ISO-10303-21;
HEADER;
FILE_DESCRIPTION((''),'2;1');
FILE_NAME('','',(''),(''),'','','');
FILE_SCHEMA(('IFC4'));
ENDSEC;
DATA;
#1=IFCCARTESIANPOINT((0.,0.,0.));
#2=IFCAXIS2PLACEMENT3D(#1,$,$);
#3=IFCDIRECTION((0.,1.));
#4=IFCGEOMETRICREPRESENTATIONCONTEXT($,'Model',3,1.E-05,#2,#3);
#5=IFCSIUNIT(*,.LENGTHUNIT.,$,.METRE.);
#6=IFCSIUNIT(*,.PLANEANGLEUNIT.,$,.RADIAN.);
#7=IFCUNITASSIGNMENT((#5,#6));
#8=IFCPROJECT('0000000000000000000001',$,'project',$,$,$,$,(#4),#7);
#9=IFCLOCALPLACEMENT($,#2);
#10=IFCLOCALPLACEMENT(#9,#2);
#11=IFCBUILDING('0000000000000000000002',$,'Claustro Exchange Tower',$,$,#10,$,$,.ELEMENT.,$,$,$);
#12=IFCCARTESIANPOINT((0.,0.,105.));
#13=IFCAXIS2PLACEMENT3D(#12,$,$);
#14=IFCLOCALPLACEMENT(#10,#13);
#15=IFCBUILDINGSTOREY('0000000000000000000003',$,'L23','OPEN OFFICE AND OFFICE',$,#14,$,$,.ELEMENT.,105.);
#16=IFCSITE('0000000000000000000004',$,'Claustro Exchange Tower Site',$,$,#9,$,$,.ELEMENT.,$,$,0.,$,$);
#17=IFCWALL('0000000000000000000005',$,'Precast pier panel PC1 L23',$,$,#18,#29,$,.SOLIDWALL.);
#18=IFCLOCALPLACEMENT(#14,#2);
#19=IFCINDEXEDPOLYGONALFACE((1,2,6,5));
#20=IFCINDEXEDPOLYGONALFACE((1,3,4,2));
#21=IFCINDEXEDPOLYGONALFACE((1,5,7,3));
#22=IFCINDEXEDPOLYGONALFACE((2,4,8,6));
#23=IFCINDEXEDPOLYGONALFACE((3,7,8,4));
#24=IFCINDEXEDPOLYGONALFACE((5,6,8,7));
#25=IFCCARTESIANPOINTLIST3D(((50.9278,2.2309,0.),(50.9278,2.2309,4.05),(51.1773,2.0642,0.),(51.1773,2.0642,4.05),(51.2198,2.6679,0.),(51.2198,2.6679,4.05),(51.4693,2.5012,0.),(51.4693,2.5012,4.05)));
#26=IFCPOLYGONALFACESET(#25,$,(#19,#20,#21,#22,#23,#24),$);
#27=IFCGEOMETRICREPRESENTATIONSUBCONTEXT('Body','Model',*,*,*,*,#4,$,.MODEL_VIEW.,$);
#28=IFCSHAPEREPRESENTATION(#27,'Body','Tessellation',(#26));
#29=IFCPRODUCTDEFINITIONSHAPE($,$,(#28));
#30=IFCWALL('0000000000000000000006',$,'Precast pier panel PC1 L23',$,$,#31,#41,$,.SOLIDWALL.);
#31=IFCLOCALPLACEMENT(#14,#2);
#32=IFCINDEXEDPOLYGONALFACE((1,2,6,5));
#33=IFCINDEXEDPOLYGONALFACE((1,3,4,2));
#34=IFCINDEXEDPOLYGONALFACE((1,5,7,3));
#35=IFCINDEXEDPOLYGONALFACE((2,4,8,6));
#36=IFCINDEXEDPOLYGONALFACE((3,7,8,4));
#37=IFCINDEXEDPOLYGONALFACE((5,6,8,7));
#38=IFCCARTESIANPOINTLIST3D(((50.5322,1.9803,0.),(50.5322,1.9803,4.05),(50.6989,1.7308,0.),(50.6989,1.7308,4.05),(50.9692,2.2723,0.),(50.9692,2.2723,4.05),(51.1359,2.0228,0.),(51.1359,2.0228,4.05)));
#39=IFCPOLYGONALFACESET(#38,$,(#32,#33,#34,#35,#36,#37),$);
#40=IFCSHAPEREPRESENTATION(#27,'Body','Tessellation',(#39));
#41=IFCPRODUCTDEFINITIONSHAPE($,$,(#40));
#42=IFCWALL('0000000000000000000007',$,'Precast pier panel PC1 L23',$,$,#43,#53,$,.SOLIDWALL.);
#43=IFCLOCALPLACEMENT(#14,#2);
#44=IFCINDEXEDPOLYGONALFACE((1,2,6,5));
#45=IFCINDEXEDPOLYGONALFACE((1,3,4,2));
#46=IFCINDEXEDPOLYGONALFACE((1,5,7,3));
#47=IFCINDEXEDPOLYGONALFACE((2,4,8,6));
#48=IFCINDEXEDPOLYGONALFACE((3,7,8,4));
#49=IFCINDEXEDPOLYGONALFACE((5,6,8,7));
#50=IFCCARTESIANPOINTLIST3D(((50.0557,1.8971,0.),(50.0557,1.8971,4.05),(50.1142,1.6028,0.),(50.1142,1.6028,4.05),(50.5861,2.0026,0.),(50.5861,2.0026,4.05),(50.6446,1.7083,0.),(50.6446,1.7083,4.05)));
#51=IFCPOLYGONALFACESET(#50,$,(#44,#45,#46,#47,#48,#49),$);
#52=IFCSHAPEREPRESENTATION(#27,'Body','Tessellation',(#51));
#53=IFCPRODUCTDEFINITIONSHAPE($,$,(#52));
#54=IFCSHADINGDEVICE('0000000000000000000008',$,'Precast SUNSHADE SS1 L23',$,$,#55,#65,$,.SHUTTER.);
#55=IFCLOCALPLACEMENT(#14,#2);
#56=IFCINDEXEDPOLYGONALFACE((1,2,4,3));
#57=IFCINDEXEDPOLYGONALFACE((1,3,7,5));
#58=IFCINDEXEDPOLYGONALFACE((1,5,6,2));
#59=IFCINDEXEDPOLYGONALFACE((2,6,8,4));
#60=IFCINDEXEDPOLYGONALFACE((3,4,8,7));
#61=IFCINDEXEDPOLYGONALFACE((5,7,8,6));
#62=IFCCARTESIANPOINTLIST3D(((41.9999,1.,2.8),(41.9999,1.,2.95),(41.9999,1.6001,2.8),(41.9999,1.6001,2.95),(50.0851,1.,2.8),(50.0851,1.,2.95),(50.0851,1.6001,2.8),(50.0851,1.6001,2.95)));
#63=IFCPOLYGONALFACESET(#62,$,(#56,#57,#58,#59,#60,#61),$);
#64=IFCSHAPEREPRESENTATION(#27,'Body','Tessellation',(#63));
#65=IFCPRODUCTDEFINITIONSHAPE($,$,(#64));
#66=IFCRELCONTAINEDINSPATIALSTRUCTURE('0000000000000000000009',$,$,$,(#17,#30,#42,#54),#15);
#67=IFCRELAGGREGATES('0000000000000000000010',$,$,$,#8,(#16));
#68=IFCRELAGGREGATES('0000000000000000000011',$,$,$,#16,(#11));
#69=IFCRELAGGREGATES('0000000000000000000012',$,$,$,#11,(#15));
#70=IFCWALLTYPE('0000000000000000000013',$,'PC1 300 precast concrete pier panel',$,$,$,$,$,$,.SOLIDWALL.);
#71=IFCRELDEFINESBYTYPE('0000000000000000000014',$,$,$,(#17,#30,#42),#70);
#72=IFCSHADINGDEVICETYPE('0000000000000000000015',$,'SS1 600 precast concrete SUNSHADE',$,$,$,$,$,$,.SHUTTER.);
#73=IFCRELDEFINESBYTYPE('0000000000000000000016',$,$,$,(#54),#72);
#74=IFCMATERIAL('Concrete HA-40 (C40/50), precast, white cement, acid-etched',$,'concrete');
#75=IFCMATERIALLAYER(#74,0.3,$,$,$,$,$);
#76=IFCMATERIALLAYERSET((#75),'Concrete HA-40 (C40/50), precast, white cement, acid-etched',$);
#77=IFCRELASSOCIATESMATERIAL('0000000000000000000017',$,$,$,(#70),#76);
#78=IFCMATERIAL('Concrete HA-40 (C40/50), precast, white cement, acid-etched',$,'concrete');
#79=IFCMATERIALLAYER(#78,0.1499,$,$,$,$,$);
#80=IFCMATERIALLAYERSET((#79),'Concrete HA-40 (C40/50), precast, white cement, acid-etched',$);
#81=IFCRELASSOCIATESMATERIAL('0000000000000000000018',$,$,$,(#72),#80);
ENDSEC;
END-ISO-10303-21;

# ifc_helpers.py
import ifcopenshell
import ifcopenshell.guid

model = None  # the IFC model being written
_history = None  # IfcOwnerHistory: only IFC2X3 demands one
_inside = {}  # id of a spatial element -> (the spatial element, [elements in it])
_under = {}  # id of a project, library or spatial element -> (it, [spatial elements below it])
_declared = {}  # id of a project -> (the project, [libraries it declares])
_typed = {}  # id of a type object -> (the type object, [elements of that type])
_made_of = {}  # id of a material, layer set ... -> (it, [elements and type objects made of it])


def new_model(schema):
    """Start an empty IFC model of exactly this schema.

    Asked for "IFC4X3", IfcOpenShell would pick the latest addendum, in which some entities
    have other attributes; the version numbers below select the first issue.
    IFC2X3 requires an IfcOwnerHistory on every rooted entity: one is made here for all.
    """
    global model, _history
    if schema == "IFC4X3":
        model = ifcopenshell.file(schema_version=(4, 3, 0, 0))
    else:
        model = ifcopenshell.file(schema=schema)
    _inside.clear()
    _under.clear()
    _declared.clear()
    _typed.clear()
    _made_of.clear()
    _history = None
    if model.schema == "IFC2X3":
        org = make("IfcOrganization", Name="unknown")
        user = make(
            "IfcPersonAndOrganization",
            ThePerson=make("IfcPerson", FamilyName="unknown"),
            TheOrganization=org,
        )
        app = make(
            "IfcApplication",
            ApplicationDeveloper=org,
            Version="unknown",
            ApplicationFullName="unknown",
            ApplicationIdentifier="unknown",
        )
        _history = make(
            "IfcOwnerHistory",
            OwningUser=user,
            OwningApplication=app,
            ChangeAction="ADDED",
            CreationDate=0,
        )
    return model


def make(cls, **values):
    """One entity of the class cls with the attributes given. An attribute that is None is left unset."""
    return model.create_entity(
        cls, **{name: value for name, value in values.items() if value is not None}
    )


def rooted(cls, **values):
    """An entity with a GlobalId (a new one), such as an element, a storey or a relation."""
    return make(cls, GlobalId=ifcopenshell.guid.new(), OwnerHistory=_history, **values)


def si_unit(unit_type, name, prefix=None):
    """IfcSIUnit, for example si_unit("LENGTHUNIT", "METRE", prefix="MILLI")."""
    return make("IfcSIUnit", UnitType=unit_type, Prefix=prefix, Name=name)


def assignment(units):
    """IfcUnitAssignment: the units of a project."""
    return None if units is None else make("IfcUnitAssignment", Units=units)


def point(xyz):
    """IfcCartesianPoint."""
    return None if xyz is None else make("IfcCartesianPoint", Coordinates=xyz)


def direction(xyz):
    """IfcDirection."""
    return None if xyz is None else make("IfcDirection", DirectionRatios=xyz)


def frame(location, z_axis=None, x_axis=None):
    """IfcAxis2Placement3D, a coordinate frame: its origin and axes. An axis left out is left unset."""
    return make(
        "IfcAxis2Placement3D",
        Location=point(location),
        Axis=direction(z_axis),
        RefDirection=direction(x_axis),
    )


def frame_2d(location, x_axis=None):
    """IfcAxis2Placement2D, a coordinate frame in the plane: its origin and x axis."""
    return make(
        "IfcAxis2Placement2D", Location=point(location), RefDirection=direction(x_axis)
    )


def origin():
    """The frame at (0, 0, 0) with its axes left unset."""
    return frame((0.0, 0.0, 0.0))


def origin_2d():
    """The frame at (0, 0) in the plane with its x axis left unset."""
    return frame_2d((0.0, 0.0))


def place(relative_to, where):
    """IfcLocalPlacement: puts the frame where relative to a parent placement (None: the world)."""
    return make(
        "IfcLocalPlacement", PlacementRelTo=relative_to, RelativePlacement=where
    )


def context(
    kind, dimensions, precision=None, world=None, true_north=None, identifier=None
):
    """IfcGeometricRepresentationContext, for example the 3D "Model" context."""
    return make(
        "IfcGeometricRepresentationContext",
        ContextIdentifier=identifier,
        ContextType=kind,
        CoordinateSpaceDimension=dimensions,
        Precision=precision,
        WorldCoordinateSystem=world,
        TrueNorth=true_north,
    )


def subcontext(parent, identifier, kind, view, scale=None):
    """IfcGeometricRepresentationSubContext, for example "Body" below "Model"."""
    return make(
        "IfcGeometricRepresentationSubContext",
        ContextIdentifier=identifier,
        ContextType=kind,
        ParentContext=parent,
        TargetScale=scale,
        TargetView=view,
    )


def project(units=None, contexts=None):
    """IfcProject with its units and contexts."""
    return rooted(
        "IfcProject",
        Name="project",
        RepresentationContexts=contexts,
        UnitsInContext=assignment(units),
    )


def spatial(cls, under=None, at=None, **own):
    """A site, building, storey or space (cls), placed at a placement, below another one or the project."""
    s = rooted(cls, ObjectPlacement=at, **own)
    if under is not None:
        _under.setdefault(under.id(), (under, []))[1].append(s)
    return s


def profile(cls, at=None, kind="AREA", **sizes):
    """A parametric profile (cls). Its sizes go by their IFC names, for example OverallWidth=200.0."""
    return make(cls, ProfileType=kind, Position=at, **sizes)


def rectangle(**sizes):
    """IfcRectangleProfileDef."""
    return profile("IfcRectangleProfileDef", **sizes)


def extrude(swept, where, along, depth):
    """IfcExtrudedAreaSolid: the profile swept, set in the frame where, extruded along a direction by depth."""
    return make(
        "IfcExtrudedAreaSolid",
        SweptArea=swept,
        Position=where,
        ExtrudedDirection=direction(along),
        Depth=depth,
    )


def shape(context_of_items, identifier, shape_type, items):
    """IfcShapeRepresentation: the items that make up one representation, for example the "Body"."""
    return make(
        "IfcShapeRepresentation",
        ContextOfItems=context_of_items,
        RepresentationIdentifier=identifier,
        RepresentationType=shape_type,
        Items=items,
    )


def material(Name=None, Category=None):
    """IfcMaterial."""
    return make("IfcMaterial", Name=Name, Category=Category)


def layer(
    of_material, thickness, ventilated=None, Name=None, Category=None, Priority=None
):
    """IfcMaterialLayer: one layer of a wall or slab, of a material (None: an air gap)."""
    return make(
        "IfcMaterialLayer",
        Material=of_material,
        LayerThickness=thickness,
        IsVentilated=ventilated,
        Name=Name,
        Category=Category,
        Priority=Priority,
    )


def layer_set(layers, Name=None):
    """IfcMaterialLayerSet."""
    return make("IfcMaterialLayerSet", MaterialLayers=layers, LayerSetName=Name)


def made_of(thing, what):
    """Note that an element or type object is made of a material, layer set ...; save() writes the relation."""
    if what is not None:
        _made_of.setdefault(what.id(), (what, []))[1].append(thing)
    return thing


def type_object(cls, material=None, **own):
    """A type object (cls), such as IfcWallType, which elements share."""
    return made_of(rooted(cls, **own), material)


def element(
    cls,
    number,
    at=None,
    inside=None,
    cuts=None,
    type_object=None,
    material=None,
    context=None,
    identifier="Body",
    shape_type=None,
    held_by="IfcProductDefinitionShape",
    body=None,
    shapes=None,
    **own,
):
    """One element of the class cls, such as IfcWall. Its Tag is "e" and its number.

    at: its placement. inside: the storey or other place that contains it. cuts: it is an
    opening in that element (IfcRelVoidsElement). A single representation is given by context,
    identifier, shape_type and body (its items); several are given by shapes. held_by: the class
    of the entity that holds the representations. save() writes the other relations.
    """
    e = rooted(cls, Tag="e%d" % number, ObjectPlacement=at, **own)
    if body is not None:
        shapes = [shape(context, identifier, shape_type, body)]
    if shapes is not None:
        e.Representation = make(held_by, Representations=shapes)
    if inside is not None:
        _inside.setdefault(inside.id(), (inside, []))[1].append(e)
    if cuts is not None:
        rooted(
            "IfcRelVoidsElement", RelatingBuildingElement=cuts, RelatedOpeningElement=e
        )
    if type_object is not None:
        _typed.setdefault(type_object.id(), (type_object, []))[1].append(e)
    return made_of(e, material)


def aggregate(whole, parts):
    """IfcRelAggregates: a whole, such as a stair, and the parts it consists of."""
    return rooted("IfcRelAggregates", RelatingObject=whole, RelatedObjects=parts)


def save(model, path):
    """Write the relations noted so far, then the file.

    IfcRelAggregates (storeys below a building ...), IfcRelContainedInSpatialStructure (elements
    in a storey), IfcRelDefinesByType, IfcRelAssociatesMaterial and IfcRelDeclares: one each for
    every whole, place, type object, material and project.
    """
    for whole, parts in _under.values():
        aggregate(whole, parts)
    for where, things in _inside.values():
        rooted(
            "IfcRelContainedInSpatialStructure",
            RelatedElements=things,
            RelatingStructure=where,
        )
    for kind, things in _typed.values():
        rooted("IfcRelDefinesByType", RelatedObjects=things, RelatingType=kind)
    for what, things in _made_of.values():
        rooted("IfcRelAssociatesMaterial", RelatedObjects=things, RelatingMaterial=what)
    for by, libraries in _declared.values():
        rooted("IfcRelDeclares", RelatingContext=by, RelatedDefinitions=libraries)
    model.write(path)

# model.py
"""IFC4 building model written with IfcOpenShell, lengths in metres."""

from ifc_helpers import new_model, si_unit, direction, frame, frame_2d, origin, origin_2d, place, context, subcontext, project, spatial, rectangle, extrude, material, layer, layer_set, type_object, element, save


model = new_model("IFC4")

# Units and contexts
model_context = context("Model", 3, precision=1e-05, world=origin(), true_north=direction((0.0, 1.0)))
body_context = subcontext(model_context, "Body", "Model", "MODEL_VIEW")
ifc_project = project(units=[si_unit("LENGTHUNIT", "METRE"), si_unit("PLANEANGLEUNIT", "RADIAN")], contexts=[model_context])

# Site, building, storey
site_placement = place(None, origin())
site = spatial("IfcSite", under=ifc_project, at=site_placement, Name="Claustro Exchange Tower Site", CompositionType="ELEMENT", RefElevation=0.0)
building_placement = place(site_placement, origin())
building = spatial("IfcBuilding", under=site, at=building_placement, Name="Claustro Exchange Tower", CompositionType="ELEMENT")
storey_placement = place(building_placement, frame((0.0, 0.0, 105.0)))
storey = spatial("IfcBuildingStorey", under=building, at=storey_placement, Name="L23", Description="OPEN OFFICE AND OFFICE", CompositionType="ELEMENT", Elevation=105.0)

# Shared definitions
ifc_material_1 = material(Name="Concrete HA-40 (C40/50), precast, white cement, acid-etched", Category="concrete")
ifc_layer_1 = layer(ifc_material_1, 0.3)
ifc_layer_set_1 = layer_set([ifc_layer_1], Name="Concrete HA-40 (C40/50), precast, white cement, acid-etched")
wall_type_1 = type_object("IfcWallType", Name="PC1 300 precast concrete pier panel", PredefinedType="SOLIDWALL", material=ifc_layer_set_1)

# Walls
for number, where, z_axis, x_axis, name in (
    (1, (51.3445, 2.5845, 0.0), (0.0, 0.0, 1.0), (-0.555557, -0.831478, 0.0), "Precast pier panel PC1 L23"),
    (2, (51.0525, 2.1475, 0.0), (0.0, 0.0, 1.0), (-0.831478, -0.555557, 0.0), "Precast pier panel PC1 L23"),
):
    element("IfcWall", number, at=place(storey_placement, frame(where, z_axis=z_axis, x_axis=x_axis)), inside=storey, type_object=wall_type_1, Name=name, PredefinedType="SOLIDWALL", context=body_context, shape_type="SweptSolid", body=[
        extrude(rectangle(XDim=0.5256, YDim=0.3, at=frame_2d((0.2627, 0.0))), origin(), (0.0, 0.0, 1.0), 4.05),
    ])
wall_1_placement = place(storey_placement, frame((50.6155, 1.8555, 0.0), z_axis=(0.0, 0.0, 1.0), x_axis=(-0.980789, -0.195074, 0.0)))
element("IfcWall", 3, at=wall_1_placement, inside=storey, type_object=wall_type_1, Name="Precast pier panel PC1 L23", PredefinedType="SOLIDWALL", context=body_context, shape_type="SweptSolid", body=[
    extrude(rectangle(XDim=0.5408, YDim=0.3, at=frame_2d((0.2705, 0.0))), origin(), (0.0, 0.0, 1.0), 4.05),
])

# Shading device
ifc_material_2 = material(Name="Concrete HA-40 (C40/50), precast, white cement, acid-etched", Category="concrete")
ifc_layer_2 = layer(ifc_material_2, 0.1499)
ifc_layer_set_2 = layer_set([ifc_layer_2], Name="Concrete HA-40 (C40/50), precast, white cement, acid-etched")
shading_device_type = type_object("IfcShadingDeviceType", Name="SS1 600 precast concrete SUNSHADE", PredefinedType="SHUTTER", material=ifc_layer_set_2)
shading_device_placement = place(storey_placement, frame((46.0425, 1.3, 2.8), z_axis=(0.0, 0.0, 1.0), x_axis=(-1.0, 0.0, 0.0)))
element("IfcShadingDevice", 4, at=shading_device_placement, inside=storey, type_object=shading_device_type, Name="Precast SUNSHADE SS1 L23", PredefinedType="SHUTTER", context=body_context, shape_type="SweptSolid", body=[
    extrude(rectangle(XDim=8.0852, YDim=0.6001, at=origin_2d()), origin(), (0.0, 0.0, 1.0), 0.1499),
])

save(model, "model.ifc")
